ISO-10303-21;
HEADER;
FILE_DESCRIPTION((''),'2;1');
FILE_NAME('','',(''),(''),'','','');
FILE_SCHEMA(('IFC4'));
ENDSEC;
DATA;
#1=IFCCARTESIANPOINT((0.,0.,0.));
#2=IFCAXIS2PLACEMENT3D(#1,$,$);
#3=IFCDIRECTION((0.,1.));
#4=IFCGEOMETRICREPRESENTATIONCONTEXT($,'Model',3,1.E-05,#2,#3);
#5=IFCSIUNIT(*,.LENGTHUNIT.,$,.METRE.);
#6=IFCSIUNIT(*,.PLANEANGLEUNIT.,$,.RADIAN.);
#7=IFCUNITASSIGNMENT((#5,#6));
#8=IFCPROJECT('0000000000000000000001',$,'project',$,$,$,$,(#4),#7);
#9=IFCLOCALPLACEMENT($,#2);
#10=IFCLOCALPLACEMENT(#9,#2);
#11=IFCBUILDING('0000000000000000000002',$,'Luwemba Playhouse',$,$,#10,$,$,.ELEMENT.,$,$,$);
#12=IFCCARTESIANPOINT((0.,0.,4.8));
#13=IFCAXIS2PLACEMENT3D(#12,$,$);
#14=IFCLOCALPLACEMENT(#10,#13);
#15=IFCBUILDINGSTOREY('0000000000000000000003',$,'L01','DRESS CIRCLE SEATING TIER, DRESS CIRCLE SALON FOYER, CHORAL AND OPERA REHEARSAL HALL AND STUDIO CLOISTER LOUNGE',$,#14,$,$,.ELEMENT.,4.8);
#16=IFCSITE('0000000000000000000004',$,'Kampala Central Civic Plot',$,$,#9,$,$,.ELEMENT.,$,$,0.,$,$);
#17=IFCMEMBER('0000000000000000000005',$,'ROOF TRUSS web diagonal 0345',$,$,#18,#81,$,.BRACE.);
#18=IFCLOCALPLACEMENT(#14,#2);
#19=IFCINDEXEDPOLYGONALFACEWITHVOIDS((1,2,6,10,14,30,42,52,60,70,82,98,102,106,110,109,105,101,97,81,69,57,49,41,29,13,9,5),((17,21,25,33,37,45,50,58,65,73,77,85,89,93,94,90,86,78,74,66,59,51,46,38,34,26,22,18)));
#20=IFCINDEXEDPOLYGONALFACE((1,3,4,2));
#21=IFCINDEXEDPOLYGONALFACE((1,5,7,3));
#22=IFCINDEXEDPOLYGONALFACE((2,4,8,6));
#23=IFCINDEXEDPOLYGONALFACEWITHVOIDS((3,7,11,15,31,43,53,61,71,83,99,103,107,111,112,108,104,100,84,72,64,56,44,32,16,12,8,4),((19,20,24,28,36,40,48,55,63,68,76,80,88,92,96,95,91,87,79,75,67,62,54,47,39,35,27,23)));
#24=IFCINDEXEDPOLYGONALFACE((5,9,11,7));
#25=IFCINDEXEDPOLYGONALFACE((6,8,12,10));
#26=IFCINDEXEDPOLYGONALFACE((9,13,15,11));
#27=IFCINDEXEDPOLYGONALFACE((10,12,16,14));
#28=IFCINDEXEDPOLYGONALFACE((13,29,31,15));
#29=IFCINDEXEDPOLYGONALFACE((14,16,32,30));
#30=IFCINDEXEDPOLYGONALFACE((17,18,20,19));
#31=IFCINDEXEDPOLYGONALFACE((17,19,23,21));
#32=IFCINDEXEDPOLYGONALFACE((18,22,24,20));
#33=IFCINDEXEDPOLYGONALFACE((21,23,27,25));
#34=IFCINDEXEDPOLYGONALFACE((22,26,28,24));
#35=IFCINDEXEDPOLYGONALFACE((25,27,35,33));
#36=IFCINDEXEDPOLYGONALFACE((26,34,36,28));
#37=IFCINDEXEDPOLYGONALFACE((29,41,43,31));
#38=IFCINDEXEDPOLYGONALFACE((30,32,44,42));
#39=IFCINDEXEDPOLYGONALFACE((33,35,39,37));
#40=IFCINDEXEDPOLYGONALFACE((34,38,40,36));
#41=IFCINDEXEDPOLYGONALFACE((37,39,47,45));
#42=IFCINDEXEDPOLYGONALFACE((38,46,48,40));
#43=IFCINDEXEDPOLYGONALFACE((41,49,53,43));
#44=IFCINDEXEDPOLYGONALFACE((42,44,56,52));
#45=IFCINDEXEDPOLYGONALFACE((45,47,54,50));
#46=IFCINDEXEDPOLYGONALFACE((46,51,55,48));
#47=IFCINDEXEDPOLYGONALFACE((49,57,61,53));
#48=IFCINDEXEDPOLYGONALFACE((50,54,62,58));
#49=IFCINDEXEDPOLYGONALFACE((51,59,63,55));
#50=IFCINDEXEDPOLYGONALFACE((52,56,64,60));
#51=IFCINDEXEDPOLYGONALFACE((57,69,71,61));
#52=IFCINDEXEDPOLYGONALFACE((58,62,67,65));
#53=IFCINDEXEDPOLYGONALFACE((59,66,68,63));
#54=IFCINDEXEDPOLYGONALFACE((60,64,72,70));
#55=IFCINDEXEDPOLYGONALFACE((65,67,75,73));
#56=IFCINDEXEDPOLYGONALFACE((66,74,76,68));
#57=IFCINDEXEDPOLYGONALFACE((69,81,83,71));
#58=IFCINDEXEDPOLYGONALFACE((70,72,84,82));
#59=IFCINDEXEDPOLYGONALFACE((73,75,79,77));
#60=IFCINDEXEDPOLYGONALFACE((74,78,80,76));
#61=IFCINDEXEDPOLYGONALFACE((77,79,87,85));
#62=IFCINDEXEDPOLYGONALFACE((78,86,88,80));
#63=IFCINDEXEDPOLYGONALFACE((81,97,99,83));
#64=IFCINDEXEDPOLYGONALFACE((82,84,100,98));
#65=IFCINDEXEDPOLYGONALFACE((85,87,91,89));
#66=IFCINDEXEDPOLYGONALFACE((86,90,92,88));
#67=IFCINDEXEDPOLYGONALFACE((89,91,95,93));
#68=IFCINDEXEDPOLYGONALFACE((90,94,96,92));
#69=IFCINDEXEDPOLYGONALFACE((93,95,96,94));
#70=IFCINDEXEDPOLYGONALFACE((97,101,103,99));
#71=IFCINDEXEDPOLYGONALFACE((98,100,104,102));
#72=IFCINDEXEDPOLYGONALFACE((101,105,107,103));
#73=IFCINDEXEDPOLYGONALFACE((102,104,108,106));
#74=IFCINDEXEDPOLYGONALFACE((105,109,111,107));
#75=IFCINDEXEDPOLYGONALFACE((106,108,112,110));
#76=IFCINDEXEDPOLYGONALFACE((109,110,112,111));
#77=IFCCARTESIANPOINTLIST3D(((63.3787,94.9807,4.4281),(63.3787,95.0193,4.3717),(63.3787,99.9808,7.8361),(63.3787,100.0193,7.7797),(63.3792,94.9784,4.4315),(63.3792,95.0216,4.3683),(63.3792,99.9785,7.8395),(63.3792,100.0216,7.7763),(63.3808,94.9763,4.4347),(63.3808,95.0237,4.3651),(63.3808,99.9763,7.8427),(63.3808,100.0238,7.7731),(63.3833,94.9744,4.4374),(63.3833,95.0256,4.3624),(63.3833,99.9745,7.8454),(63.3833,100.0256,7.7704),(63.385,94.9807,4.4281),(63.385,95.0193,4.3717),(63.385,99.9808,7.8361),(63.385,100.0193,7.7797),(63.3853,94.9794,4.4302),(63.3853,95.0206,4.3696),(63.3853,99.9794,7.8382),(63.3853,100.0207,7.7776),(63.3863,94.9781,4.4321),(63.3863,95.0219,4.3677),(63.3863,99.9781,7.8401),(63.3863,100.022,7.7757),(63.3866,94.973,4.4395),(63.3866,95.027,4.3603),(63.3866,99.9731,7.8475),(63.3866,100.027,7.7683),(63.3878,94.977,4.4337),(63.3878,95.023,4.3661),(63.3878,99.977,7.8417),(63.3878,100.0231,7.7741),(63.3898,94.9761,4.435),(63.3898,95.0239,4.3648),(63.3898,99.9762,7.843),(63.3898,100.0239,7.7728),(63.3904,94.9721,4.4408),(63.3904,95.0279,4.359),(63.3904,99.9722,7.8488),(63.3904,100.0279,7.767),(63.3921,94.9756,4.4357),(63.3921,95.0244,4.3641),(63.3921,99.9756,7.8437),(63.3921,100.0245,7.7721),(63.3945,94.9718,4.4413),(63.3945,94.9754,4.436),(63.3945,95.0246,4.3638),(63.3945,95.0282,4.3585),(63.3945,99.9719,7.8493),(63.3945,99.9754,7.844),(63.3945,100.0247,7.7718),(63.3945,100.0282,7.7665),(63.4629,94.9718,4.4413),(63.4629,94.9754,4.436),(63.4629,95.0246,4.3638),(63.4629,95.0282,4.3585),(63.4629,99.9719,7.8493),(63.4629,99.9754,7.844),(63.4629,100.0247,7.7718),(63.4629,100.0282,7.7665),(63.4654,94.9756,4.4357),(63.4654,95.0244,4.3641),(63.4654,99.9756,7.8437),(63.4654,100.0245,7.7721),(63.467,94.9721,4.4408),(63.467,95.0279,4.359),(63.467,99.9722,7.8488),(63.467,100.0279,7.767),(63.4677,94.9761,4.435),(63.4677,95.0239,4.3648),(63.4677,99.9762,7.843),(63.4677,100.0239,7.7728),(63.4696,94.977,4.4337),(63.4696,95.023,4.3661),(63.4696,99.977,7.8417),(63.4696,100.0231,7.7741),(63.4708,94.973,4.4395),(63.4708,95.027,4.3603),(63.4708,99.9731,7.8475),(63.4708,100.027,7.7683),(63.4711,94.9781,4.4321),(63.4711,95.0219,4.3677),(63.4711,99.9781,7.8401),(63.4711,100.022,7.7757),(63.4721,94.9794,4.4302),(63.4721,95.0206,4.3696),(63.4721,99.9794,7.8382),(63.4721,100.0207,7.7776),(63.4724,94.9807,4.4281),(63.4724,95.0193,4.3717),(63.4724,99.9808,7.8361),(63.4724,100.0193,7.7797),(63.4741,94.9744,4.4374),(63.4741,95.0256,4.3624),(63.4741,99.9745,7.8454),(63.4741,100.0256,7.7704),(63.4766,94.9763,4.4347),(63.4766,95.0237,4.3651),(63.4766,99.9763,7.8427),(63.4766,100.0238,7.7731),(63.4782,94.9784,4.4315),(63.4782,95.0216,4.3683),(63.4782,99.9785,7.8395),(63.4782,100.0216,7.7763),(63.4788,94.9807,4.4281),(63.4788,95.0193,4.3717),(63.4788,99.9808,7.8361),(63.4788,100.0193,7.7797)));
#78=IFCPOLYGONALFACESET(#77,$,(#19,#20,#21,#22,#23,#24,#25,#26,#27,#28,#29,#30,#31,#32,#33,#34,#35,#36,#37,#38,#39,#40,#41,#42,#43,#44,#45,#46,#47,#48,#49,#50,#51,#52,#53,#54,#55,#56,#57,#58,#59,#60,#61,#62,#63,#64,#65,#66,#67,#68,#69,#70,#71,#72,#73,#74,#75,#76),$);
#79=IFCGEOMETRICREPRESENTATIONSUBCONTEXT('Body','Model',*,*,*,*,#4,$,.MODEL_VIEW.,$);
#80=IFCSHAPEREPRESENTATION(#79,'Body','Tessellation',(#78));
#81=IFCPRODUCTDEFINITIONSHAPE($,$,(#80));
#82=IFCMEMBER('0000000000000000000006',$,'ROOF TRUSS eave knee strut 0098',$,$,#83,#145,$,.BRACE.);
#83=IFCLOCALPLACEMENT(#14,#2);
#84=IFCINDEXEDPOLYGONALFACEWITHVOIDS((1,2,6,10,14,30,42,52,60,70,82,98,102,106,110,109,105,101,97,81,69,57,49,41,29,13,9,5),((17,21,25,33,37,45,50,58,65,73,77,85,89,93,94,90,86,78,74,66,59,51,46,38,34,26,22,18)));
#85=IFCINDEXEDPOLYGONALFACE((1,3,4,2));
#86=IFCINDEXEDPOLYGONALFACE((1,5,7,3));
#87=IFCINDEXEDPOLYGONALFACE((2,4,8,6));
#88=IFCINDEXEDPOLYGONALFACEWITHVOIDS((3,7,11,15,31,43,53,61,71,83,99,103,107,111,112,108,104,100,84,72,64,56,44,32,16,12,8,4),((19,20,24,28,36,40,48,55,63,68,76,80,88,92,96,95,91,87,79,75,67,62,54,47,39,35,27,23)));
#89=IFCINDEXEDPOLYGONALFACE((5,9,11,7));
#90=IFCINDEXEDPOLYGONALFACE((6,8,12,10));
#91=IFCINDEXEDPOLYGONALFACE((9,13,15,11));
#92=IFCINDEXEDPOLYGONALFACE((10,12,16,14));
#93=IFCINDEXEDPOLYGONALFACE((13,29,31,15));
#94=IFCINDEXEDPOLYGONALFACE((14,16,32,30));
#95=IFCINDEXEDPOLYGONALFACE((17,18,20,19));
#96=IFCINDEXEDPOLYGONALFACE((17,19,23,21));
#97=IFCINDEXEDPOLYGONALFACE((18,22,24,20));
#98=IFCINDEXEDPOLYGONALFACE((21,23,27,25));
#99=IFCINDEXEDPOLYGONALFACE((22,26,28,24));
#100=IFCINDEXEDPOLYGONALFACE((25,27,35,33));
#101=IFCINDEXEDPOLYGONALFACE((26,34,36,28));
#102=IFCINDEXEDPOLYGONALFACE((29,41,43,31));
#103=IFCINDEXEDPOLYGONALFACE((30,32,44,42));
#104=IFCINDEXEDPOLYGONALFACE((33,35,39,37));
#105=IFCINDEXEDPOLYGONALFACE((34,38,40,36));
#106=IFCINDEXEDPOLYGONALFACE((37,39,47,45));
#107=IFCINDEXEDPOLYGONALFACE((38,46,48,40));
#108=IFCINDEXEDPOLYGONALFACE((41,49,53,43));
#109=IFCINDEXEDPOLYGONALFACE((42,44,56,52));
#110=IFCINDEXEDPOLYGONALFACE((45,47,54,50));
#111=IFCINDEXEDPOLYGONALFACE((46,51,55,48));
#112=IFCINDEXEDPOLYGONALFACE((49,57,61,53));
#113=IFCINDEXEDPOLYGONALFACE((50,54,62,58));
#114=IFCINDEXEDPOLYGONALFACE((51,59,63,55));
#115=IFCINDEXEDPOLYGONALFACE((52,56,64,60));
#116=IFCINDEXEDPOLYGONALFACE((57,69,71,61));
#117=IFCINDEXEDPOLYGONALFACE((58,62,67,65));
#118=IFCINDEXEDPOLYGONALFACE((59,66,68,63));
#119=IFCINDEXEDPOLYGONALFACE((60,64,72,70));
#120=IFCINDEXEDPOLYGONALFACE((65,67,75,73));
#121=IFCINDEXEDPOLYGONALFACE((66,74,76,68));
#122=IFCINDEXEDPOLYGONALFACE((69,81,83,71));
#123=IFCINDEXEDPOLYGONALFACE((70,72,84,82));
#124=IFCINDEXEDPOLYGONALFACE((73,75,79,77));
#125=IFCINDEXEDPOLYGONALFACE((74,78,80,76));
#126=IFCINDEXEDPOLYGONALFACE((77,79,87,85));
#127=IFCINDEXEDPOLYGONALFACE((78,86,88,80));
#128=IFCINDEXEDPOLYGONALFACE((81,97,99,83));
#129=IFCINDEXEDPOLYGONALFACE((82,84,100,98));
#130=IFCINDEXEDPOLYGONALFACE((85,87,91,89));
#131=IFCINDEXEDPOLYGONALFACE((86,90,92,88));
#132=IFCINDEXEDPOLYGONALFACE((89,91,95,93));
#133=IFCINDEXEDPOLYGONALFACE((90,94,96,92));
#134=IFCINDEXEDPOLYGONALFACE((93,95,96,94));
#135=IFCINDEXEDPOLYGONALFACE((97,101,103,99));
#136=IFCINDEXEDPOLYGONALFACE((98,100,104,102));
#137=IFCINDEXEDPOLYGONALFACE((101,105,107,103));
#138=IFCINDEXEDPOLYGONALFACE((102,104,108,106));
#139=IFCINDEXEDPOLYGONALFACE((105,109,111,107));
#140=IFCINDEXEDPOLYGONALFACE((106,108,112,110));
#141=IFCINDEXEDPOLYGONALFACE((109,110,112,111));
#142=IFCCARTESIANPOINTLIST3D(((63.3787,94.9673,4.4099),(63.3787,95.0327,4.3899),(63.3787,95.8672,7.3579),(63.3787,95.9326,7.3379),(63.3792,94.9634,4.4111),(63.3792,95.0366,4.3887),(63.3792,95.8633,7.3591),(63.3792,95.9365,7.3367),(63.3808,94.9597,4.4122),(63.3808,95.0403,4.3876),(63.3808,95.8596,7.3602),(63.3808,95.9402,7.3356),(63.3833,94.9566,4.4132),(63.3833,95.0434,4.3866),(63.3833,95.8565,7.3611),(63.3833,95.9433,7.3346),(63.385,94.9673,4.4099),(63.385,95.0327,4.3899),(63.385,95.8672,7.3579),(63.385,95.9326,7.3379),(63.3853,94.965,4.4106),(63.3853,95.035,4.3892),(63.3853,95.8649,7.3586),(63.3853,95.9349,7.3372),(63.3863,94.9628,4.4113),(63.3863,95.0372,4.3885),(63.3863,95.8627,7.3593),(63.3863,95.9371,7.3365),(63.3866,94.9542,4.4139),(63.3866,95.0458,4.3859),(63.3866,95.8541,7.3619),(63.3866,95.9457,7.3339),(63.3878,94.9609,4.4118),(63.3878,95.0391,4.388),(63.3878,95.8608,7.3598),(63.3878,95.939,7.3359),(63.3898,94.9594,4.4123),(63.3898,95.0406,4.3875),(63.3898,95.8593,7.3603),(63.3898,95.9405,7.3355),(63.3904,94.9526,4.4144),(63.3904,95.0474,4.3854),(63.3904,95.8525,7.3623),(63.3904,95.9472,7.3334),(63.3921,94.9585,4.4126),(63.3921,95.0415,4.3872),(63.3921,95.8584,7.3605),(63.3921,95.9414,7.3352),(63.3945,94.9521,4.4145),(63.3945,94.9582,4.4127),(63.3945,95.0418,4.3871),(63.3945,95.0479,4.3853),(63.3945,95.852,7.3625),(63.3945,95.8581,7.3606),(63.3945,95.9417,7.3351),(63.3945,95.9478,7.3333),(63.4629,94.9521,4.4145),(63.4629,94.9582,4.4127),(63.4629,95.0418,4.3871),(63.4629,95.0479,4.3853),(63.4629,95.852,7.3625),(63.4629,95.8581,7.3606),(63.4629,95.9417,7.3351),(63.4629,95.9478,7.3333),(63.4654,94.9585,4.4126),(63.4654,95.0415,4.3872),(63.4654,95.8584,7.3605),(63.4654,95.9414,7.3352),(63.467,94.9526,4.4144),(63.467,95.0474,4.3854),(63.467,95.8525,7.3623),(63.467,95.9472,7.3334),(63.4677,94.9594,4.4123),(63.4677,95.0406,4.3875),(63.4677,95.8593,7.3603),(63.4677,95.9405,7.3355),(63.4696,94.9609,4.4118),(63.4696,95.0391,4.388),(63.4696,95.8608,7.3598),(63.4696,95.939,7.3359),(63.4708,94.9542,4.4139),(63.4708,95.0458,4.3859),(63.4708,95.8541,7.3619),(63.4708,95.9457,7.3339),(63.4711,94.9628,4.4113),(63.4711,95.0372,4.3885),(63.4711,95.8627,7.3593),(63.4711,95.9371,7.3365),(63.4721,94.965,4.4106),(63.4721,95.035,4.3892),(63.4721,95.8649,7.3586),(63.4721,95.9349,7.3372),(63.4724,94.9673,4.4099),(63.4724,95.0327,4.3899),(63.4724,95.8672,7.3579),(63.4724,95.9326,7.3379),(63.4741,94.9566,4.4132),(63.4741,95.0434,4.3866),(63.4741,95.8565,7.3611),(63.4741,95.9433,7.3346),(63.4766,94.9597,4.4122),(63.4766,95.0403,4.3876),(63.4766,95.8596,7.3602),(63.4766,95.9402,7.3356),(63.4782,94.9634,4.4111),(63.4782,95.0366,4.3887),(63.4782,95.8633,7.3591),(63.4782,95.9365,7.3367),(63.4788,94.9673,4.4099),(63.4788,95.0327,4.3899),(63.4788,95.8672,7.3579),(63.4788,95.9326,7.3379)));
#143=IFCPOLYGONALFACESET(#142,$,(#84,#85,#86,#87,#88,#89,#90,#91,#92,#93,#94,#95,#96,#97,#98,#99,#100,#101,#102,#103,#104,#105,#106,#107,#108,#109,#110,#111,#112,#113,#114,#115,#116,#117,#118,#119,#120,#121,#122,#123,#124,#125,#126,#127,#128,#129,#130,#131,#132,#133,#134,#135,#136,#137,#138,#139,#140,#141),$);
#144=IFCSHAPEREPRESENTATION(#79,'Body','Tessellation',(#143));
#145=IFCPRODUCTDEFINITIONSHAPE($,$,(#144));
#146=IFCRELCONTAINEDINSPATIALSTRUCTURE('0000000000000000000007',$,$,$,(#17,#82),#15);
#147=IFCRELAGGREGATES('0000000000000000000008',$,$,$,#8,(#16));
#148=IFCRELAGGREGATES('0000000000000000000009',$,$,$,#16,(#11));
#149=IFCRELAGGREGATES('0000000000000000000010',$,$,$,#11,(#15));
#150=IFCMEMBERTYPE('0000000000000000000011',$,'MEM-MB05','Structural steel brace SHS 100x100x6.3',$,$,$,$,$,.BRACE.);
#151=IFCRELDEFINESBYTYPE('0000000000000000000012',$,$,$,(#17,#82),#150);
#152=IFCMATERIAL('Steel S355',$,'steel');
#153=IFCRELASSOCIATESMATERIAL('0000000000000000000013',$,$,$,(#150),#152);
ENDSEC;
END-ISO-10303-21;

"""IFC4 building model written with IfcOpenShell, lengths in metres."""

from ifc_helpers import new_model, si_unit, direction, frame, origin, origin_2d, place, context, subcontext, project, spatial, hollow_rectangle, extrude, material, material_profile, profile_set, type_object, element, save


model = new_model("IFC4")

# Units and contexts
model_context = context("Model", 3, precision=1e-05, world=origin(), true_north=direction((0.0, 1.0)))
body_context = subcontext(model_context, "Body", "Model", "MODEL_VIEW")
ifc_project = project(units=[si_unit("LENGTHUNIT", "METRE"), si_unit("PLANEANGLEUNIT", "RADIAN")], contexts=[model_context])

# Site, building, storey
site_placement = place(None, origin())
site = spatial("IfcSite", under=ifc_project, at=site_placement, Name="Kampala Central Civic Plot", CompositionType="ELEMENT", RefElevation=0.0)
building_placement = place(site_placement, origin())
building = spatial("IfcBuilding", under=site, at=building_placement, Name="Luwemba Playhouse", CompositionType="ELEMENT")
storey_placement = place(building_placement, frame((0.0, 0.0, 4.8)))
storey = spatial("IfcBuildingStorey", under=building, at=storey_placement, Name="L01", Description="DRESS CIRCLE SEATING TIER, DRESS CIRCLE SALON FOYER, CHORAL AND OPERA REHEARSAL HALL AND STUDIO CLOISTER LOUNGE", CompositionType="ELEMENT", Elevation=4.8)

# Shared definitions
ifc_material_1 = material(Name="Steel S355", Category="steel")

# Members
ifc_material_profile_1 = material_profile(ifc_material_1, hollow_rectangle(XDim=0.1001, YDim=0.1001, WallThickness=0.0063, InnerFilletRadius=0.0095, OuterFilletRadius=0.0159, at=origin_2d()))
ifc_profile_set_1 = profile_set([ifc_material_profile_1], Name="Steel S355")
member_type_1 = type_object("IfcMemberType", Name="MEM-MB05", Description="Structural steel brace SHS 100x100x6.3", PredefinedType="BRACE", material=ifc_profile_set_1)
member_1_placement = place(storey_placement, frame((63.4287, 95.0, 4.3999), z_axis=(0.0, 0.826314, 0.563209), x_axis=(-1.0, 0.0, 0.0)))
element("IfcMember", 1, at=member_1_placement, inside=storey, type_object=member_type_1, Name="ROOF TRUSS web diagonal 0345", PredefinedType="BRACE", context=body_context, shape_type="SweptSolid", body=[
    extrude(hollow_rectangle(XDim=0.1001, YDim=0.1001, WallThickness=0.0063, InnerFilletRadius=0.0095, OuterFilletRadius=0.0159, at=origin_2d()), origin(), (0.0, 0.0, 1.0), 6.051),
])
member_2_placement = place(storey_placement, frame((63.4287, 95.0, 4.3999), z_axis=(0.0, 0.291959, 0.956431), x_axis=(-1.0, 0.0, 0.0)))
element("IfcMember", 2, at=member_2_placement, inside=storey, type_object=member_type_1, Name="ROOF TRUSS eave knee strut 0098", PredefinedType="BRACE", context=body_context, shape_type="SweptSolid", body=[
    extrude(hollow_rectangle(XDim=0.1001, YDim=0.1001, WallThickness=0.0063, InnerFilletRadius=0.0095, OuterFilletRadius=0.0159, at=origin_2d()), origin(), (0.0, 0.0, 1.0), 3.0823),
])

save(model, "model.ifc")
